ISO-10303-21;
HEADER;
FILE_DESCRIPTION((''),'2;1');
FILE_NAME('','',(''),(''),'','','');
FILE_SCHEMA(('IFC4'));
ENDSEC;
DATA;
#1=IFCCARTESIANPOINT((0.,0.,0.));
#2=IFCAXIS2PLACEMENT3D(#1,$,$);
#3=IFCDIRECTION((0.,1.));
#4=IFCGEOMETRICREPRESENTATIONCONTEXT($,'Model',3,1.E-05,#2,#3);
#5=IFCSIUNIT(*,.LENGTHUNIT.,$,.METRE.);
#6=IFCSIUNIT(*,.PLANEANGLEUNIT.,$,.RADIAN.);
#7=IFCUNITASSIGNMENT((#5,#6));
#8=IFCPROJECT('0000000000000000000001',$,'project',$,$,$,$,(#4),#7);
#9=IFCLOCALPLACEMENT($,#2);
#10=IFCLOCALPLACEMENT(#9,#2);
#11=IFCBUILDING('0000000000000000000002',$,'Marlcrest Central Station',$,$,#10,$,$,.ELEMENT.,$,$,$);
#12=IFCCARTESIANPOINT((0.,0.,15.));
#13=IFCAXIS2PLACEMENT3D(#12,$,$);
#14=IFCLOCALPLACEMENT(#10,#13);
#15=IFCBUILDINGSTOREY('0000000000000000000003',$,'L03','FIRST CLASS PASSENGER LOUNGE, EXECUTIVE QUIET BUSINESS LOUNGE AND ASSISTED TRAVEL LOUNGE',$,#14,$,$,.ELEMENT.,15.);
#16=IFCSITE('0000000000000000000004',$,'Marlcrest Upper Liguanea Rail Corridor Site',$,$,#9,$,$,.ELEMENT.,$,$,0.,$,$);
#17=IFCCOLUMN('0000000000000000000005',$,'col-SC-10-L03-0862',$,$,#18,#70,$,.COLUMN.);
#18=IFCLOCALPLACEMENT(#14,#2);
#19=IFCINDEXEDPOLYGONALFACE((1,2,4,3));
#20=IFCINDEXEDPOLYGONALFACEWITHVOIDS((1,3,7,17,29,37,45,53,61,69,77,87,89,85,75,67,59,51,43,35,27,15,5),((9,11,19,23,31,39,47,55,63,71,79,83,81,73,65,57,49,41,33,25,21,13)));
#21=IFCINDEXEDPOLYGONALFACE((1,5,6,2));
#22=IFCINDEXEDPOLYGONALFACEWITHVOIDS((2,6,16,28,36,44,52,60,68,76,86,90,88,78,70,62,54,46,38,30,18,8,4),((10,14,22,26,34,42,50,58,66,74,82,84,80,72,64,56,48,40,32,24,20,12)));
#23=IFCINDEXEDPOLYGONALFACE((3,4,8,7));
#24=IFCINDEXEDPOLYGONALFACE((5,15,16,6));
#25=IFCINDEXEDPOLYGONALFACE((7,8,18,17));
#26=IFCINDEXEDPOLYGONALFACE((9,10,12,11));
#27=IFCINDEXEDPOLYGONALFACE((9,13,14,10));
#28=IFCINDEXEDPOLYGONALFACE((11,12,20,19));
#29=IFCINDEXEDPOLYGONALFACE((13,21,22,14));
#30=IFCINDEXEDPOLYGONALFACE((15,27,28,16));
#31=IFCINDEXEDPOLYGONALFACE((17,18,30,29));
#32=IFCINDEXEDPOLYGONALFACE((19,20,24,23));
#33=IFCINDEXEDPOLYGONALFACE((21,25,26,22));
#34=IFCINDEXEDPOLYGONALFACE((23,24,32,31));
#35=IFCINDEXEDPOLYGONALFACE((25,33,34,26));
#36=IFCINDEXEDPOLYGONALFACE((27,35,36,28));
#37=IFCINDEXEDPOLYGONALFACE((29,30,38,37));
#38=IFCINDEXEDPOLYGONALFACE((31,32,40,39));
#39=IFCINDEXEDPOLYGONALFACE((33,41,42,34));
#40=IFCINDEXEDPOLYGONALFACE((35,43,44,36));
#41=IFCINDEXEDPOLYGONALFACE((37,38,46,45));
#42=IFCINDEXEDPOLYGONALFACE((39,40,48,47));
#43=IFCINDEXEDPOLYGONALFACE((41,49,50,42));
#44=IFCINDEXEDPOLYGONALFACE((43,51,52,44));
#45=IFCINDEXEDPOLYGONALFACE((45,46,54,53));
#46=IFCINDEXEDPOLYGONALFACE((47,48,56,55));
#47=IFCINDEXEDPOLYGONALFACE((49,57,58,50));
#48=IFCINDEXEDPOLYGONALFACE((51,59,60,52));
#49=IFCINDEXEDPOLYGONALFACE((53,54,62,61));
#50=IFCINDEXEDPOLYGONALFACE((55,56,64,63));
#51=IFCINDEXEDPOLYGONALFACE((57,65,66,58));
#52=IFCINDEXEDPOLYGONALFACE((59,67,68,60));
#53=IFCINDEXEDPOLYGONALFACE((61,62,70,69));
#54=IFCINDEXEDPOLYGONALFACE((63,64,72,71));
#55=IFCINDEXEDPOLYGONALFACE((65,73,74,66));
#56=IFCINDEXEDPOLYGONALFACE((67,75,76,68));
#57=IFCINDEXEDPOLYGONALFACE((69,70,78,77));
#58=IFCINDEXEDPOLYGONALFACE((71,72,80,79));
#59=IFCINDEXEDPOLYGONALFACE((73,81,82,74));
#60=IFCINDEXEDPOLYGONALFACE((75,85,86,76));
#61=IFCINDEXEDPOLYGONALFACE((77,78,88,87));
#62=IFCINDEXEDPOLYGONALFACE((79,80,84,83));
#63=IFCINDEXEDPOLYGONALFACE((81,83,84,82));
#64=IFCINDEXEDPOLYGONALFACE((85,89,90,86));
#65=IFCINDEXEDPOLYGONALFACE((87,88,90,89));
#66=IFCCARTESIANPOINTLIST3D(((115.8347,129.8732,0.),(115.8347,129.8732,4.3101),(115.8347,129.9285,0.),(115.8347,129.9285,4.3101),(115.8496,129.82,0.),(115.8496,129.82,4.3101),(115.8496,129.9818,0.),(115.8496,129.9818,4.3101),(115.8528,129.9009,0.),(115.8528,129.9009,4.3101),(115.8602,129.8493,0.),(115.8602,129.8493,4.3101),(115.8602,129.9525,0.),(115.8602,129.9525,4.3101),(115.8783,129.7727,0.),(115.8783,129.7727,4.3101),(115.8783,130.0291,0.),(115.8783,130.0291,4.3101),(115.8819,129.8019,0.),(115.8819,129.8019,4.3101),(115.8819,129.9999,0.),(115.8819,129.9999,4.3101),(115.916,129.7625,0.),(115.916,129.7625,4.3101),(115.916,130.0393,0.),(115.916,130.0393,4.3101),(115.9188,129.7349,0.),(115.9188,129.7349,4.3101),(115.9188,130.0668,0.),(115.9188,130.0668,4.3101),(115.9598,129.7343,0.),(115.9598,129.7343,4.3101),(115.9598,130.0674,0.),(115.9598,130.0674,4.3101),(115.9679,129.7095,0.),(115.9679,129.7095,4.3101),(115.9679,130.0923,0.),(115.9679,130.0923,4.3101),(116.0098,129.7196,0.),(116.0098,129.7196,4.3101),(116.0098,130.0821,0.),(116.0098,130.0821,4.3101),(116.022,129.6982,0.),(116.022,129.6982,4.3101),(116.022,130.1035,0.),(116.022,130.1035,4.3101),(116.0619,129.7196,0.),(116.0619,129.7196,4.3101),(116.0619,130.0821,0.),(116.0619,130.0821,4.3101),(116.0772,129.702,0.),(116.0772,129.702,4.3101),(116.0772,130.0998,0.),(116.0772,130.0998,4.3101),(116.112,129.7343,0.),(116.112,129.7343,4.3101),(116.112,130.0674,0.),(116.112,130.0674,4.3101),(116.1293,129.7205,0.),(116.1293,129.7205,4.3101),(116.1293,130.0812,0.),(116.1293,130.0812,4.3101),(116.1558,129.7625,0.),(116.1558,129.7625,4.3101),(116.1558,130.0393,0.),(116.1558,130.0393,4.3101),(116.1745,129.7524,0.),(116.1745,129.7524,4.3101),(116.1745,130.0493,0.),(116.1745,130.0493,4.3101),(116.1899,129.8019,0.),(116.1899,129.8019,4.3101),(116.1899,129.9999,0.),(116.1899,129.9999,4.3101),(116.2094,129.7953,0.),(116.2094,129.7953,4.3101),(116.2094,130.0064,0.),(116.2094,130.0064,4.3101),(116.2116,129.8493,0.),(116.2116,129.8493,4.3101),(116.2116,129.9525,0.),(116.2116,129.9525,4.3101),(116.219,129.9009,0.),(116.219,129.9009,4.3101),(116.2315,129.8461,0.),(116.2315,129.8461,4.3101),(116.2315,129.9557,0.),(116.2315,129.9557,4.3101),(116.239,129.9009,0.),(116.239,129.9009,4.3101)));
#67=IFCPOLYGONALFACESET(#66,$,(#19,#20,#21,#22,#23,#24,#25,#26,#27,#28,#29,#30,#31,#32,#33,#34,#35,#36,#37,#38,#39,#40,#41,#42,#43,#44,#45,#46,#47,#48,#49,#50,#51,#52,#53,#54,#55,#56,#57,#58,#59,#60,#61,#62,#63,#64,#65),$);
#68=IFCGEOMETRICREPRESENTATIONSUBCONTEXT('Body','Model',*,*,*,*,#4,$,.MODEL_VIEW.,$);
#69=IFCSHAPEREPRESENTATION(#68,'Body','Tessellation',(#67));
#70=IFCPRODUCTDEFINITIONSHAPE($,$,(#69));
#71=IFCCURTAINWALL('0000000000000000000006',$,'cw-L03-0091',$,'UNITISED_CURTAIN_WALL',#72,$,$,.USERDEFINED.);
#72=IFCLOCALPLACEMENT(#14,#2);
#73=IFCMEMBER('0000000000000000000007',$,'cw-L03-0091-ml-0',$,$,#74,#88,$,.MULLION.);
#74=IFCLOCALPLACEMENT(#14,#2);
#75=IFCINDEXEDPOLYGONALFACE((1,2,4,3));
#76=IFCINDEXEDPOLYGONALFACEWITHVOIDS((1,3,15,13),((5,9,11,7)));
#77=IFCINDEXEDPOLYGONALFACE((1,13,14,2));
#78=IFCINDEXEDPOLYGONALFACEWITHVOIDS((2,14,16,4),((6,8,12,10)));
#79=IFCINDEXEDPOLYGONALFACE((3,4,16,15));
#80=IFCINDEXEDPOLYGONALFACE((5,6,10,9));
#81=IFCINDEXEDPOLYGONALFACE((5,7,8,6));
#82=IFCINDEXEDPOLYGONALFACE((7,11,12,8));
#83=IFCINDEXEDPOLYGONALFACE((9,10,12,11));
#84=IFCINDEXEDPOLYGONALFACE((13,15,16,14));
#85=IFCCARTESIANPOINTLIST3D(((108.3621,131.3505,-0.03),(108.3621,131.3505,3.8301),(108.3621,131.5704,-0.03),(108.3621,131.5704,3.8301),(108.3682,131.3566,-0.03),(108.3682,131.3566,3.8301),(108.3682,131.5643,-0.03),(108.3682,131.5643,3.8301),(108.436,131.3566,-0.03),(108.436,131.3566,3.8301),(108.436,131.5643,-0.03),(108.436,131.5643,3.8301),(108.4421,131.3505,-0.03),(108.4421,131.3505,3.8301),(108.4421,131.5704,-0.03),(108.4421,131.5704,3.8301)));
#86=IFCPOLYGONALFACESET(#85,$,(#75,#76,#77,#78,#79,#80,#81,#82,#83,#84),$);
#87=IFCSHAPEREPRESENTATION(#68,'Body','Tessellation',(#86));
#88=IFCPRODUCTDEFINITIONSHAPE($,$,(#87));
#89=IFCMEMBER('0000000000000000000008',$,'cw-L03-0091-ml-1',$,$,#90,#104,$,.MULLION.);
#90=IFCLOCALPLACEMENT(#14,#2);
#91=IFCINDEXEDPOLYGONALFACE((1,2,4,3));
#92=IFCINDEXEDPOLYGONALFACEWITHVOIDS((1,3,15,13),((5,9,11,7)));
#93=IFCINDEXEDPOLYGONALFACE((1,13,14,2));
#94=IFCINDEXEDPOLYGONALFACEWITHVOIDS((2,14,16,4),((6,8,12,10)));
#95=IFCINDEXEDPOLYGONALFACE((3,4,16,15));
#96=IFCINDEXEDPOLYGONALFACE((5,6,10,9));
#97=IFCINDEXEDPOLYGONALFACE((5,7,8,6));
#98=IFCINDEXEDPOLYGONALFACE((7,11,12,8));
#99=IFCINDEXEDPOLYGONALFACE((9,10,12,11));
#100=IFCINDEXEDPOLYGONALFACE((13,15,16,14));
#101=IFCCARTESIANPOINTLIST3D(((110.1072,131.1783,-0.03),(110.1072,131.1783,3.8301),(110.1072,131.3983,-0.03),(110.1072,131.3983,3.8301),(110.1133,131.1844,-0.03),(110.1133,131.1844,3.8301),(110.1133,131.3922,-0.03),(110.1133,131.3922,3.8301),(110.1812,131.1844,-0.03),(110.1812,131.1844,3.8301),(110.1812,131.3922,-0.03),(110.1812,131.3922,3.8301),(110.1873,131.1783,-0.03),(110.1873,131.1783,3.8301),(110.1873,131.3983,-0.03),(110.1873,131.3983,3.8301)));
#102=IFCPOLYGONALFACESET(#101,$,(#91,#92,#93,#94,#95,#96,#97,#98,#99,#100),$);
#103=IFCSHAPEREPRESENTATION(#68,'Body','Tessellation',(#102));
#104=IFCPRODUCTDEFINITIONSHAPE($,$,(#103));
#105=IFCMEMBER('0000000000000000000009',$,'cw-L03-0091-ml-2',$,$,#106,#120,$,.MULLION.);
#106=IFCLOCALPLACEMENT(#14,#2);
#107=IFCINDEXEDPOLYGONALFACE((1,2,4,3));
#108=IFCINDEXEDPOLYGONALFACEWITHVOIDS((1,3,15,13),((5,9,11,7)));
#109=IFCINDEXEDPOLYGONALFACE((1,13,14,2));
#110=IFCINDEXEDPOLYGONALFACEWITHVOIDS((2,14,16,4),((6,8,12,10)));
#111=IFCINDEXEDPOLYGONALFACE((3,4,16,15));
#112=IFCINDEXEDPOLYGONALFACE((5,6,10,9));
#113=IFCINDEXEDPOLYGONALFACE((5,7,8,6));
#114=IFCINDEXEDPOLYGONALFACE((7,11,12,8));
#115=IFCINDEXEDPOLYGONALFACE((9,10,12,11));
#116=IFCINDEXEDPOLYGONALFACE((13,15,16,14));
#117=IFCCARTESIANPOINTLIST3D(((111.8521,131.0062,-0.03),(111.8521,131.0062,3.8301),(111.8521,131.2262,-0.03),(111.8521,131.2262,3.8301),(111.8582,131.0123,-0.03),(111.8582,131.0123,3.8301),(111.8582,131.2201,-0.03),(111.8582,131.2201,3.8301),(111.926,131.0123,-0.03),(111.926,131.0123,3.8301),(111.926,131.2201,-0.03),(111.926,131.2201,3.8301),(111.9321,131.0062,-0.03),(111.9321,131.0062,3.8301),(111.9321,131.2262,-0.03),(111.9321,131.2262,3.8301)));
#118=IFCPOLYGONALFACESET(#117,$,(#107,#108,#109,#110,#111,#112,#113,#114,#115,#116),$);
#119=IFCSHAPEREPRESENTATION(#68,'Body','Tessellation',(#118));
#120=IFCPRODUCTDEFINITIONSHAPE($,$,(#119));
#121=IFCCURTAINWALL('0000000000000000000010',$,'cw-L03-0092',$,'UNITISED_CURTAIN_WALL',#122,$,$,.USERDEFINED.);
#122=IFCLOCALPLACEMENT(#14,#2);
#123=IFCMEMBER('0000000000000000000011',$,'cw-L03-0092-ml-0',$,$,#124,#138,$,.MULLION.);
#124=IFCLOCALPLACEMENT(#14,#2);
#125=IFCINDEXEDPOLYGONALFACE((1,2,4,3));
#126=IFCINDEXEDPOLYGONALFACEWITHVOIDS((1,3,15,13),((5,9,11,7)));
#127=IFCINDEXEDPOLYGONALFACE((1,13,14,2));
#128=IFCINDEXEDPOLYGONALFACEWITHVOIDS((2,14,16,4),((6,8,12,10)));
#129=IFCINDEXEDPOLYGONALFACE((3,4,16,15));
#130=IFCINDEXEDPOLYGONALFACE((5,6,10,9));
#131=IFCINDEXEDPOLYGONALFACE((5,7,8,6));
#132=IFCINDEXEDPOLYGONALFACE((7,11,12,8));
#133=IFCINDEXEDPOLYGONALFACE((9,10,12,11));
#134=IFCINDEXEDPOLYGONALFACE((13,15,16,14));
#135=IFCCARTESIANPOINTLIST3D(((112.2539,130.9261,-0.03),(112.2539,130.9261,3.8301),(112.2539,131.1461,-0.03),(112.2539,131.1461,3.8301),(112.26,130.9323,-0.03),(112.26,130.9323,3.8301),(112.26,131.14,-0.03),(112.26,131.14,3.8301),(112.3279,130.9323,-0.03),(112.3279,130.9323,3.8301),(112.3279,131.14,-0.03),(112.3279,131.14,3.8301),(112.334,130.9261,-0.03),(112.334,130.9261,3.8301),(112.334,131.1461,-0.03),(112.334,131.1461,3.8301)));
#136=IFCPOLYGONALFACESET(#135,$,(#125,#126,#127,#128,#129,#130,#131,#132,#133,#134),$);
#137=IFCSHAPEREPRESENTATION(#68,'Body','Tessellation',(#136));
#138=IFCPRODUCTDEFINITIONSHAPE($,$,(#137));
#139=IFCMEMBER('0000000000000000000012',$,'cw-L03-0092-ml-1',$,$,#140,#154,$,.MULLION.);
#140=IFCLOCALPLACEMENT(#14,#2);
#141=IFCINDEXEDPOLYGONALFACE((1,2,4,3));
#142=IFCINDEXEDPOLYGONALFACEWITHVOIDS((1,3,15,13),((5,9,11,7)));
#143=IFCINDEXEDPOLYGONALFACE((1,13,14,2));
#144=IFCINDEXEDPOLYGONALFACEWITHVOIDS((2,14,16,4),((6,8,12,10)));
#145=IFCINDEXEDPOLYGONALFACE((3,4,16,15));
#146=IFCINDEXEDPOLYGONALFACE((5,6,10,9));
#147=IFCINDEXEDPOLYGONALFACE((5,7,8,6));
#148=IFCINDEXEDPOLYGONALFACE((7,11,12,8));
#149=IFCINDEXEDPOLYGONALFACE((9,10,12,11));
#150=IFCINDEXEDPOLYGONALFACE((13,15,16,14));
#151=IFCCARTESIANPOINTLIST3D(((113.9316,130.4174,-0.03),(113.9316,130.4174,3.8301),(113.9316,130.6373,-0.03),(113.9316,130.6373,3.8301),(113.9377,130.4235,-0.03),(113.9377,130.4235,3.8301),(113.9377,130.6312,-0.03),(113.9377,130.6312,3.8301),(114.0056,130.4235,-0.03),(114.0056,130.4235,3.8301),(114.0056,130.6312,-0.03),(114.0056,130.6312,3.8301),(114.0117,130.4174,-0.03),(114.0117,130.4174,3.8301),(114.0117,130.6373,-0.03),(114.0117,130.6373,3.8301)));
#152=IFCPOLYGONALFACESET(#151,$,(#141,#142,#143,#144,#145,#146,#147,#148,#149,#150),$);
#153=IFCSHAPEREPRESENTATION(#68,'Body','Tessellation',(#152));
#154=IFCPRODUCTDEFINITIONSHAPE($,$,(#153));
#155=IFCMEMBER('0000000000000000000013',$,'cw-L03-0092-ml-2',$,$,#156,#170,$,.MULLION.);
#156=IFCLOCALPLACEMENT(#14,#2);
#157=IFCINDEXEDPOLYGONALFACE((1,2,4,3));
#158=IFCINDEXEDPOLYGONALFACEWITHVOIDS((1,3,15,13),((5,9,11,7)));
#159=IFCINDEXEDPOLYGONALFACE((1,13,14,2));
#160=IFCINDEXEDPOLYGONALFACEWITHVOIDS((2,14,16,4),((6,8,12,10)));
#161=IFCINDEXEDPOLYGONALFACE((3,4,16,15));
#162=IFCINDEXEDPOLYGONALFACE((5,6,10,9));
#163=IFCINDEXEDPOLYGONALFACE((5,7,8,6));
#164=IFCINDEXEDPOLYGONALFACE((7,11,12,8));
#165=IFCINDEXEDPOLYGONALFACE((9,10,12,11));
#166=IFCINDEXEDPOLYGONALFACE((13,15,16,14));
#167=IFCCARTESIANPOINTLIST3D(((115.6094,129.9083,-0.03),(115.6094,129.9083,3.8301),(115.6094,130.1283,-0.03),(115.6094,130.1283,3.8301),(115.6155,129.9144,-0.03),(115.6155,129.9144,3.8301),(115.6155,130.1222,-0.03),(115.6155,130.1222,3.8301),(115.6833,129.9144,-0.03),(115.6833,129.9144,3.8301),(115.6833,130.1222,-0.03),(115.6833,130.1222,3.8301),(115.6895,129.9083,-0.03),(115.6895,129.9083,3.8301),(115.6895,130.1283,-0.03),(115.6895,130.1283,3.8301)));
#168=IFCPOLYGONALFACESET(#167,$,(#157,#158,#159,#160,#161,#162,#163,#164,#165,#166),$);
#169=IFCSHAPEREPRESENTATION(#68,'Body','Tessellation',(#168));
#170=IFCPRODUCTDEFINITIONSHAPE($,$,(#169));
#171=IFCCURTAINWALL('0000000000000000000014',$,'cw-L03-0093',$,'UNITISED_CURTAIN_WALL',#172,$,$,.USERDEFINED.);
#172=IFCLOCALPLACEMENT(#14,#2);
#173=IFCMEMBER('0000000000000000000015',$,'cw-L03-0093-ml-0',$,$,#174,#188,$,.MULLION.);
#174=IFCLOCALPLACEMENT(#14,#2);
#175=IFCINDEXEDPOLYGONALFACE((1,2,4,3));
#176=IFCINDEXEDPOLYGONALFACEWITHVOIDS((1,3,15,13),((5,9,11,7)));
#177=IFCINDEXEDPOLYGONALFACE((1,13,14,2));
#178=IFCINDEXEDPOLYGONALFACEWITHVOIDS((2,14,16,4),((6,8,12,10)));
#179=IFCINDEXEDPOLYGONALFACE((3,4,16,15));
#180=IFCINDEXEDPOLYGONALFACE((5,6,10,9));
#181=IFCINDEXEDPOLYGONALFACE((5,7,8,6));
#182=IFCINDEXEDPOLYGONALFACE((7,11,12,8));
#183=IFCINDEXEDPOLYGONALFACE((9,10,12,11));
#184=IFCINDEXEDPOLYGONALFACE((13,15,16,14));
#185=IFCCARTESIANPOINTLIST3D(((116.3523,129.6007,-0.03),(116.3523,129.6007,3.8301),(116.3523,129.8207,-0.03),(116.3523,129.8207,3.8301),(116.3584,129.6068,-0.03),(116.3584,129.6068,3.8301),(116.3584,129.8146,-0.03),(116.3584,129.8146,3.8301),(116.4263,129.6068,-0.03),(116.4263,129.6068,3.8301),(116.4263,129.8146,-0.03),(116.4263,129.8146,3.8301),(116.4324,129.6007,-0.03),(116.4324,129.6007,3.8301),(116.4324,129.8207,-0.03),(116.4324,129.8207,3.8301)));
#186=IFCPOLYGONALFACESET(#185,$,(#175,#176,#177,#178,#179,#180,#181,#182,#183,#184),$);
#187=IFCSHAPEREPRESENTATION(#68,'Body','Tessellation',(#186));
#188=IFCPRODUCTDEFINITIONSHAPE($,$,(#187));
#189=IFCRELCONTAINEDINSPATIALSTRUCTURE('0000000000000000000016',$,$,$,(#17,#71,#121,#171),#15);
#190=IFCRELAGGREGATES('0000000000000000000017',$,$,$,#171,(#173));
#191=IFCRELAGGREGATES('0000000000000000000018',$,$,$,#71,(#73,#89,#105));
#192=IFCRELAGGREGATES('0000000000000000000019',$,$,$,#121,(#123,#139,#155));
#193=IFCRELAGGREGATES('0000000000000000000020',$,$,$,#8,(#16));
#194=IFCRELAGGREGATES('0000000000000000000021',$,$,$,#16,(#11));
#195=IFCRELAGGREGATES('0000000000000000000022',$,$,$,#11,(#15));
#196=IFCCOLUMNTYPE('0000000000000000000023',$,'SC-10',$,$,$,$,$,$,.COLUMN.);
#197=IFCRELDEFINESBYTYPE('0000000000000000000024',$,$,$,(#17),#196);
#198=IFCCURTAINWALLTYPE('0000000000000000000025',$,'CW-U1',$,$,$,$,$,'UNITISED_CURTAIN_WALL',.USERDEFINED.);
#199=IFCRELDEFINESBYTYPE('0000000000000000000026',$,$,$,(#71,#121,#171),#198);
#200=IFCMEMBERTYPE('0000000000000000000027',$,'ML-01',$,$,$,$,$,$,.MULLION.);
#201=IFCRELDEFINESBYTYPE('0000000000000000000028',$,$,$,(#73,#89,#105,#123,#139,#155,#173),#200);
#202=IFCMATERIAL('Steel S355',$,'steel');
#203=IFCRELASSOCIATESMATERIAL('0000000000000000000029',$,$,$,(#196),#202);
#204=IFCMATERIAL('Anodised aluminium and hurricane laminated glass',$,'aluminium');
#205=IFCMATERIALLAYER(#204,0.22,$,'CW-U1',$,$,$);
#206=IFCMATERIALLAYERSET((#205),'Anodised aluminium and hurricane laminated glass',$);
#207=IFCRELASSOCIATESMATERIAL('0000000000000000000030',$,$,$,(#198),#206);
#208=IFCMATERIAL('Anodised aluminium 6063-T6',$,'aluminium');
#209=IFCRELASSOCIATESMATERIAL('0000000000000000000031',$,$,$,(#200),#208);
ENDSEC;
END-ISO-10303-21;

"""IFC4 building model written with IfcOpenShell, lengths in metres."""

from ifc_helpers import new_model, si_unit, direction, frame, origin, origin_2d, place, context, subcontext, project, spatial, hollow_rectangle, hollow_circle, extrude, material, layer, layer_set, material_profile, profile_set, type_object, element, aggregate, save


model = new_model("IFC4")

# Units and contexts
model_context = context("Model", 3, precision=1e-05, world=origin(), true_north=direction((0.0, 1.0)))
body_context = subcontext(model_context, "Body", "Model", "MODEL_VIEW")
ifc_project = project(units=[si_unit("LENGTHUNIT", "METRE"), si_unit("PLANEANGLEUNIT", "RADIAN")], contexts=[model_context])

# Site, building, storey
site_placement = place(None, origin())
site = spatial("IfcSite", under=ifc_project, at=site_placement, Name="Marlcrest Upper Liguanea Rail Corridor Site", CompositionType="ELEMENT", RefElevation=0.0)
building_placement = place(site_placement, origin())
building = spatial("IfcBuilding", under=site, at=building_placement, Name="Marlcrest Central Station", CompositionType="ELEMENT")
storey_placement = place(building_placement, frame((0.0, 0.0, 15.0)))
storey = spatial("IfcBuildingStorey", under=building, at=storey_placement, Name="L03", Description="FIRST CLASS PASSENGER LOUNGE, EXECUTIVE QUIET BUSINESS LOUNGE AND ASSISTED TRAVEL LOUNGE", CompositionType="ELEMENT", Elevation=15.0)

# Column
ifc_material_1 = material(Name="Steel S355", Category="steel")
ifc_material_profile_1 = material_profile(ifc_material_1, hollow_circle(Radius=0.2031, WallThickness=0.02, at=origin_2d()), Name="CHS 406.4x20")
ifc_profile_set_1 = profile_set([ifc_material_profile_1], Name="Steel S355")
column_type = type_object("IfcColumnType", Name="SC-10", PredefinedType="COLUMN", material=ifc_profile_set_1)
column_placement = place(storey_placement, frame((116.0359, 129.9009, 0.0), z_axis=(0.0, 0.0, 1.0), x_axis=(1.0, 0.0, 0.0)))
element("IfcColumn", 1, at=column_placement, inside=storey, type_object=column_type, Name="col-SC-10-L03-0862", PredefinedType="COLUMN", context=body_context, shape_type="SweptSolid", body=[
    extrude(hollow_circle(Radius=0.2031, WallThickness=0.02, at=origin_2d()), origin(), (0.0, 0.0, 1.0), 4.3101),
])

# Curtain walls, members
ifc_material_2 = material(Name="Anodised aluminium and hurricane laminated glass", Category="aluminium")
ifc_layer_1 = layer(ifc_material_2, 0.22, Name="CW-U1")
ifc_layer_set_1 = layer_set([ifc_layer_1], Name="Anodised aluminium and hurricane laminated glass")
curtain_wall_type = type_object("IfcCurtainWallType", Name="CW-U1", ElementType="UNITISED_CURTAIN_WALL", PredefinedType="USERDEFINED", material=ifc_layer_set_1)
curtain_wall_1_placement = place(storey_placement, origin())
curtain_wall_1 = element("IfcCurtainWall", 2, at=curtain_wall_1_placement, inside=storey, type_object=curtain_wall_type, Name="cw-L03-0091", ObjectType="UNITISED_CURTAIN_WALL", PredefinedType="USERDEFINED")
ifc_material_3 = material(Name="Anodised aluminium 6063-T6", Category="aluminium")
ifc_material_profile_2 = material_profile(ifc_material_3, hollow_rectangle(XDim=0.0801, YDim=0.22, WallThickness=0.0061, at=origin_2d()), Name="AA-RHS 220x80x6")
ifc_profile_set_2 = profile_set([ifc_material_profile_2], Name="Anodised aluminium 6063-T6")
member_type_1 = type_object("IfcMemberType", Name="ML-01", PredefinedType="MULLION", material=ifc_profile_set_2)
member_1_placement = place(storey_placement, frame((108.4021, 131.4604, -0.03), z_axis=(0.0, 0.0, 1.0), x_axis=(1.0, 0.0, 0.0)))
member_1 = element("IfcMember", 3, at=member_1_placement, type_object=member_type_1, Name="cw-L03-0091-ml-0", PredefinedType="MULLION", context=body_context, shape_type="SweptSolid", body=[
    extrude(hollow_rectangle(XDim=0.0801, YDim=0.22, WallThickness=0.0061, at=origin_2d()), origin(), (0.0, 0.0, 1.0), 3.8601),
])
member_2_placement = place(storey_placement, frame((110.1472, 131.2883, -0.03), z_axis=(0.0, 0.0, 1.0), x_axis=(1.0, 0.0, 0.0)))
member_2 = element("IfcMember", 4, at=member_2_placement, type_object=member_type_1, Name="cw-L03-0091-ml-1", PredefinedType="MULLION", context=body_context, shape_type="SweptSolid", body=[
    extrude(hollow_rectangle(XDim=0.0801, YDim=0.22, WallThickness=0.0061, at=origin_2d()), origin(), (0.0, 0.0, 1.0), 3.8601),
])
member_3_placement = place(storey_placement, frame((111.8921, 131.1162, -0.03), z_axis=(0.0, 0.0, 1.0), x_axis=(1.0, 0.0, 0.0)))
member_3 = element("IfcMember", 5, at=member_3_placement, type_object=member_type_1, Name="cw-L03-0091-ml-2", PredefinedType="MULLION", context=body_context, shape_type="SweptSolid", body=[
    extrude(hollow_rectangle(XDim=0.0801, YDim=0.22, WallThickness=0.0061, at=origin_2d()), origin(), (0.0, 0.0, 1.0), 3.8601),
])
curtain_wall_2_placement = place(storey_placement, origin())
curtain_wall_2 = element("IfcCurtainWall", 6, at=curtain_wall_2_placement, inside=storey, type_object=curtain_wall_type, Name="cw-L03-0092", ObjectType="UNITISED_CURTAIN_WALL", PredefinedType="USERDEFINED")
member_4_placement = place(storey_placement, frame((112.2939, 131.0361, -0.03), z_axis=(0.0, 0.0, 1.0), x_axis=(1.0, 0.0, 0.0)))
member_4 = element("IfcMember", 7, at=member_4_placement, type_object=member_type_1, Name="cw-L03-0092-ml-0", PredefinedType="MULLION", context=body_context, shape_type="SweptSolid", body=[
    extrude(hollow_rectangle(XDim=0.0801, YDim=0.22, WallThickness=0.0061, at=origin_2d()), origin(), (0.0, 0.0, 1.0), 3.8601),
])
member_5_placement = place(storey_placement, frame((113.9717, 130.5273, -0.03), z_axis=(0.0, 0.0, 1.0), x_axis=(1.0, 0.0, 0.0)))
member_5 = element("IfcMember", 8, at=member_5_placement, type_object=member_type_1, Name="cw-L03-0092-ml-1", PredefinedType="MULLION", context=body_context, shape_type="SweptSolid", body=[
    extrude(hollow_rectangle(XDim=0.0801, YDim=0.22, WallThickness=0.0061, at=origin_2d()), origin(), (0.0, 0.0, 1.0), 3.8601),
])
member_6_placement = place(storey_placement, frame((115.6494, 130.0183, -0.03), z_axis=(0.0, 0.0, 1.0), x_axis=(1.0, 0.0, 0.0)))
member_6 = element("IfcMember", 9, at=member_6_placement, type_object=member_type_1, Name="cw-L03-0092-ml-2", PredefinedType="MULLION", context=body_context, shape_type="SweptSolid", body=[
    extrude(hollow_rectangle(XDim=0.0801, YDim=0.22, WallThickness=0.0061, at=origin_2d()), origin(), (0.0, 0.0, 1.0), 3.8601),
])

# Curtain wall, member
curtain_wall_3_placement = place(storey_placement, origin())
curtain_wall_3 = element("IfcCurtainWall", 10, at=curtain_wall_3_placement, inside=storey, type_object=curtain_wall_type, Name="cw-L03-0093", ObjectType="UNITISED_CURTAIN_WALL", PredefinedType="USERDEFINED")
member_7_placement = place(storey_placement, frame((116.3923, 129.7107, -0.03), z_axis=(0.0, 0.0, 1.0), x_axis=(1.0, 0.0, 0.0)))
member_7 = element("IfcMember", 11, at=member_7_placement, type_object=member_type_1, Name="cw-L03-0093-ml-0", PredefinedType="MULLION", context=body_context, shape_type="SweptSolid", body=[
    extrude(hollow_rectangle(XDim=0.0801, YDim=0.22, WallThickness=0.0061, at=origin_2d()), origin(), (0.0, 0.0, 1.0), 3.8601),
])

aggregate(curtain_wall_3, [member_7])

aggregate(curtain_wall_1, [member_1, member_2, member_3])
aggregate(curtain_wall_2, [member_4, member_5, member_6])

save(model, "model.ifc")
